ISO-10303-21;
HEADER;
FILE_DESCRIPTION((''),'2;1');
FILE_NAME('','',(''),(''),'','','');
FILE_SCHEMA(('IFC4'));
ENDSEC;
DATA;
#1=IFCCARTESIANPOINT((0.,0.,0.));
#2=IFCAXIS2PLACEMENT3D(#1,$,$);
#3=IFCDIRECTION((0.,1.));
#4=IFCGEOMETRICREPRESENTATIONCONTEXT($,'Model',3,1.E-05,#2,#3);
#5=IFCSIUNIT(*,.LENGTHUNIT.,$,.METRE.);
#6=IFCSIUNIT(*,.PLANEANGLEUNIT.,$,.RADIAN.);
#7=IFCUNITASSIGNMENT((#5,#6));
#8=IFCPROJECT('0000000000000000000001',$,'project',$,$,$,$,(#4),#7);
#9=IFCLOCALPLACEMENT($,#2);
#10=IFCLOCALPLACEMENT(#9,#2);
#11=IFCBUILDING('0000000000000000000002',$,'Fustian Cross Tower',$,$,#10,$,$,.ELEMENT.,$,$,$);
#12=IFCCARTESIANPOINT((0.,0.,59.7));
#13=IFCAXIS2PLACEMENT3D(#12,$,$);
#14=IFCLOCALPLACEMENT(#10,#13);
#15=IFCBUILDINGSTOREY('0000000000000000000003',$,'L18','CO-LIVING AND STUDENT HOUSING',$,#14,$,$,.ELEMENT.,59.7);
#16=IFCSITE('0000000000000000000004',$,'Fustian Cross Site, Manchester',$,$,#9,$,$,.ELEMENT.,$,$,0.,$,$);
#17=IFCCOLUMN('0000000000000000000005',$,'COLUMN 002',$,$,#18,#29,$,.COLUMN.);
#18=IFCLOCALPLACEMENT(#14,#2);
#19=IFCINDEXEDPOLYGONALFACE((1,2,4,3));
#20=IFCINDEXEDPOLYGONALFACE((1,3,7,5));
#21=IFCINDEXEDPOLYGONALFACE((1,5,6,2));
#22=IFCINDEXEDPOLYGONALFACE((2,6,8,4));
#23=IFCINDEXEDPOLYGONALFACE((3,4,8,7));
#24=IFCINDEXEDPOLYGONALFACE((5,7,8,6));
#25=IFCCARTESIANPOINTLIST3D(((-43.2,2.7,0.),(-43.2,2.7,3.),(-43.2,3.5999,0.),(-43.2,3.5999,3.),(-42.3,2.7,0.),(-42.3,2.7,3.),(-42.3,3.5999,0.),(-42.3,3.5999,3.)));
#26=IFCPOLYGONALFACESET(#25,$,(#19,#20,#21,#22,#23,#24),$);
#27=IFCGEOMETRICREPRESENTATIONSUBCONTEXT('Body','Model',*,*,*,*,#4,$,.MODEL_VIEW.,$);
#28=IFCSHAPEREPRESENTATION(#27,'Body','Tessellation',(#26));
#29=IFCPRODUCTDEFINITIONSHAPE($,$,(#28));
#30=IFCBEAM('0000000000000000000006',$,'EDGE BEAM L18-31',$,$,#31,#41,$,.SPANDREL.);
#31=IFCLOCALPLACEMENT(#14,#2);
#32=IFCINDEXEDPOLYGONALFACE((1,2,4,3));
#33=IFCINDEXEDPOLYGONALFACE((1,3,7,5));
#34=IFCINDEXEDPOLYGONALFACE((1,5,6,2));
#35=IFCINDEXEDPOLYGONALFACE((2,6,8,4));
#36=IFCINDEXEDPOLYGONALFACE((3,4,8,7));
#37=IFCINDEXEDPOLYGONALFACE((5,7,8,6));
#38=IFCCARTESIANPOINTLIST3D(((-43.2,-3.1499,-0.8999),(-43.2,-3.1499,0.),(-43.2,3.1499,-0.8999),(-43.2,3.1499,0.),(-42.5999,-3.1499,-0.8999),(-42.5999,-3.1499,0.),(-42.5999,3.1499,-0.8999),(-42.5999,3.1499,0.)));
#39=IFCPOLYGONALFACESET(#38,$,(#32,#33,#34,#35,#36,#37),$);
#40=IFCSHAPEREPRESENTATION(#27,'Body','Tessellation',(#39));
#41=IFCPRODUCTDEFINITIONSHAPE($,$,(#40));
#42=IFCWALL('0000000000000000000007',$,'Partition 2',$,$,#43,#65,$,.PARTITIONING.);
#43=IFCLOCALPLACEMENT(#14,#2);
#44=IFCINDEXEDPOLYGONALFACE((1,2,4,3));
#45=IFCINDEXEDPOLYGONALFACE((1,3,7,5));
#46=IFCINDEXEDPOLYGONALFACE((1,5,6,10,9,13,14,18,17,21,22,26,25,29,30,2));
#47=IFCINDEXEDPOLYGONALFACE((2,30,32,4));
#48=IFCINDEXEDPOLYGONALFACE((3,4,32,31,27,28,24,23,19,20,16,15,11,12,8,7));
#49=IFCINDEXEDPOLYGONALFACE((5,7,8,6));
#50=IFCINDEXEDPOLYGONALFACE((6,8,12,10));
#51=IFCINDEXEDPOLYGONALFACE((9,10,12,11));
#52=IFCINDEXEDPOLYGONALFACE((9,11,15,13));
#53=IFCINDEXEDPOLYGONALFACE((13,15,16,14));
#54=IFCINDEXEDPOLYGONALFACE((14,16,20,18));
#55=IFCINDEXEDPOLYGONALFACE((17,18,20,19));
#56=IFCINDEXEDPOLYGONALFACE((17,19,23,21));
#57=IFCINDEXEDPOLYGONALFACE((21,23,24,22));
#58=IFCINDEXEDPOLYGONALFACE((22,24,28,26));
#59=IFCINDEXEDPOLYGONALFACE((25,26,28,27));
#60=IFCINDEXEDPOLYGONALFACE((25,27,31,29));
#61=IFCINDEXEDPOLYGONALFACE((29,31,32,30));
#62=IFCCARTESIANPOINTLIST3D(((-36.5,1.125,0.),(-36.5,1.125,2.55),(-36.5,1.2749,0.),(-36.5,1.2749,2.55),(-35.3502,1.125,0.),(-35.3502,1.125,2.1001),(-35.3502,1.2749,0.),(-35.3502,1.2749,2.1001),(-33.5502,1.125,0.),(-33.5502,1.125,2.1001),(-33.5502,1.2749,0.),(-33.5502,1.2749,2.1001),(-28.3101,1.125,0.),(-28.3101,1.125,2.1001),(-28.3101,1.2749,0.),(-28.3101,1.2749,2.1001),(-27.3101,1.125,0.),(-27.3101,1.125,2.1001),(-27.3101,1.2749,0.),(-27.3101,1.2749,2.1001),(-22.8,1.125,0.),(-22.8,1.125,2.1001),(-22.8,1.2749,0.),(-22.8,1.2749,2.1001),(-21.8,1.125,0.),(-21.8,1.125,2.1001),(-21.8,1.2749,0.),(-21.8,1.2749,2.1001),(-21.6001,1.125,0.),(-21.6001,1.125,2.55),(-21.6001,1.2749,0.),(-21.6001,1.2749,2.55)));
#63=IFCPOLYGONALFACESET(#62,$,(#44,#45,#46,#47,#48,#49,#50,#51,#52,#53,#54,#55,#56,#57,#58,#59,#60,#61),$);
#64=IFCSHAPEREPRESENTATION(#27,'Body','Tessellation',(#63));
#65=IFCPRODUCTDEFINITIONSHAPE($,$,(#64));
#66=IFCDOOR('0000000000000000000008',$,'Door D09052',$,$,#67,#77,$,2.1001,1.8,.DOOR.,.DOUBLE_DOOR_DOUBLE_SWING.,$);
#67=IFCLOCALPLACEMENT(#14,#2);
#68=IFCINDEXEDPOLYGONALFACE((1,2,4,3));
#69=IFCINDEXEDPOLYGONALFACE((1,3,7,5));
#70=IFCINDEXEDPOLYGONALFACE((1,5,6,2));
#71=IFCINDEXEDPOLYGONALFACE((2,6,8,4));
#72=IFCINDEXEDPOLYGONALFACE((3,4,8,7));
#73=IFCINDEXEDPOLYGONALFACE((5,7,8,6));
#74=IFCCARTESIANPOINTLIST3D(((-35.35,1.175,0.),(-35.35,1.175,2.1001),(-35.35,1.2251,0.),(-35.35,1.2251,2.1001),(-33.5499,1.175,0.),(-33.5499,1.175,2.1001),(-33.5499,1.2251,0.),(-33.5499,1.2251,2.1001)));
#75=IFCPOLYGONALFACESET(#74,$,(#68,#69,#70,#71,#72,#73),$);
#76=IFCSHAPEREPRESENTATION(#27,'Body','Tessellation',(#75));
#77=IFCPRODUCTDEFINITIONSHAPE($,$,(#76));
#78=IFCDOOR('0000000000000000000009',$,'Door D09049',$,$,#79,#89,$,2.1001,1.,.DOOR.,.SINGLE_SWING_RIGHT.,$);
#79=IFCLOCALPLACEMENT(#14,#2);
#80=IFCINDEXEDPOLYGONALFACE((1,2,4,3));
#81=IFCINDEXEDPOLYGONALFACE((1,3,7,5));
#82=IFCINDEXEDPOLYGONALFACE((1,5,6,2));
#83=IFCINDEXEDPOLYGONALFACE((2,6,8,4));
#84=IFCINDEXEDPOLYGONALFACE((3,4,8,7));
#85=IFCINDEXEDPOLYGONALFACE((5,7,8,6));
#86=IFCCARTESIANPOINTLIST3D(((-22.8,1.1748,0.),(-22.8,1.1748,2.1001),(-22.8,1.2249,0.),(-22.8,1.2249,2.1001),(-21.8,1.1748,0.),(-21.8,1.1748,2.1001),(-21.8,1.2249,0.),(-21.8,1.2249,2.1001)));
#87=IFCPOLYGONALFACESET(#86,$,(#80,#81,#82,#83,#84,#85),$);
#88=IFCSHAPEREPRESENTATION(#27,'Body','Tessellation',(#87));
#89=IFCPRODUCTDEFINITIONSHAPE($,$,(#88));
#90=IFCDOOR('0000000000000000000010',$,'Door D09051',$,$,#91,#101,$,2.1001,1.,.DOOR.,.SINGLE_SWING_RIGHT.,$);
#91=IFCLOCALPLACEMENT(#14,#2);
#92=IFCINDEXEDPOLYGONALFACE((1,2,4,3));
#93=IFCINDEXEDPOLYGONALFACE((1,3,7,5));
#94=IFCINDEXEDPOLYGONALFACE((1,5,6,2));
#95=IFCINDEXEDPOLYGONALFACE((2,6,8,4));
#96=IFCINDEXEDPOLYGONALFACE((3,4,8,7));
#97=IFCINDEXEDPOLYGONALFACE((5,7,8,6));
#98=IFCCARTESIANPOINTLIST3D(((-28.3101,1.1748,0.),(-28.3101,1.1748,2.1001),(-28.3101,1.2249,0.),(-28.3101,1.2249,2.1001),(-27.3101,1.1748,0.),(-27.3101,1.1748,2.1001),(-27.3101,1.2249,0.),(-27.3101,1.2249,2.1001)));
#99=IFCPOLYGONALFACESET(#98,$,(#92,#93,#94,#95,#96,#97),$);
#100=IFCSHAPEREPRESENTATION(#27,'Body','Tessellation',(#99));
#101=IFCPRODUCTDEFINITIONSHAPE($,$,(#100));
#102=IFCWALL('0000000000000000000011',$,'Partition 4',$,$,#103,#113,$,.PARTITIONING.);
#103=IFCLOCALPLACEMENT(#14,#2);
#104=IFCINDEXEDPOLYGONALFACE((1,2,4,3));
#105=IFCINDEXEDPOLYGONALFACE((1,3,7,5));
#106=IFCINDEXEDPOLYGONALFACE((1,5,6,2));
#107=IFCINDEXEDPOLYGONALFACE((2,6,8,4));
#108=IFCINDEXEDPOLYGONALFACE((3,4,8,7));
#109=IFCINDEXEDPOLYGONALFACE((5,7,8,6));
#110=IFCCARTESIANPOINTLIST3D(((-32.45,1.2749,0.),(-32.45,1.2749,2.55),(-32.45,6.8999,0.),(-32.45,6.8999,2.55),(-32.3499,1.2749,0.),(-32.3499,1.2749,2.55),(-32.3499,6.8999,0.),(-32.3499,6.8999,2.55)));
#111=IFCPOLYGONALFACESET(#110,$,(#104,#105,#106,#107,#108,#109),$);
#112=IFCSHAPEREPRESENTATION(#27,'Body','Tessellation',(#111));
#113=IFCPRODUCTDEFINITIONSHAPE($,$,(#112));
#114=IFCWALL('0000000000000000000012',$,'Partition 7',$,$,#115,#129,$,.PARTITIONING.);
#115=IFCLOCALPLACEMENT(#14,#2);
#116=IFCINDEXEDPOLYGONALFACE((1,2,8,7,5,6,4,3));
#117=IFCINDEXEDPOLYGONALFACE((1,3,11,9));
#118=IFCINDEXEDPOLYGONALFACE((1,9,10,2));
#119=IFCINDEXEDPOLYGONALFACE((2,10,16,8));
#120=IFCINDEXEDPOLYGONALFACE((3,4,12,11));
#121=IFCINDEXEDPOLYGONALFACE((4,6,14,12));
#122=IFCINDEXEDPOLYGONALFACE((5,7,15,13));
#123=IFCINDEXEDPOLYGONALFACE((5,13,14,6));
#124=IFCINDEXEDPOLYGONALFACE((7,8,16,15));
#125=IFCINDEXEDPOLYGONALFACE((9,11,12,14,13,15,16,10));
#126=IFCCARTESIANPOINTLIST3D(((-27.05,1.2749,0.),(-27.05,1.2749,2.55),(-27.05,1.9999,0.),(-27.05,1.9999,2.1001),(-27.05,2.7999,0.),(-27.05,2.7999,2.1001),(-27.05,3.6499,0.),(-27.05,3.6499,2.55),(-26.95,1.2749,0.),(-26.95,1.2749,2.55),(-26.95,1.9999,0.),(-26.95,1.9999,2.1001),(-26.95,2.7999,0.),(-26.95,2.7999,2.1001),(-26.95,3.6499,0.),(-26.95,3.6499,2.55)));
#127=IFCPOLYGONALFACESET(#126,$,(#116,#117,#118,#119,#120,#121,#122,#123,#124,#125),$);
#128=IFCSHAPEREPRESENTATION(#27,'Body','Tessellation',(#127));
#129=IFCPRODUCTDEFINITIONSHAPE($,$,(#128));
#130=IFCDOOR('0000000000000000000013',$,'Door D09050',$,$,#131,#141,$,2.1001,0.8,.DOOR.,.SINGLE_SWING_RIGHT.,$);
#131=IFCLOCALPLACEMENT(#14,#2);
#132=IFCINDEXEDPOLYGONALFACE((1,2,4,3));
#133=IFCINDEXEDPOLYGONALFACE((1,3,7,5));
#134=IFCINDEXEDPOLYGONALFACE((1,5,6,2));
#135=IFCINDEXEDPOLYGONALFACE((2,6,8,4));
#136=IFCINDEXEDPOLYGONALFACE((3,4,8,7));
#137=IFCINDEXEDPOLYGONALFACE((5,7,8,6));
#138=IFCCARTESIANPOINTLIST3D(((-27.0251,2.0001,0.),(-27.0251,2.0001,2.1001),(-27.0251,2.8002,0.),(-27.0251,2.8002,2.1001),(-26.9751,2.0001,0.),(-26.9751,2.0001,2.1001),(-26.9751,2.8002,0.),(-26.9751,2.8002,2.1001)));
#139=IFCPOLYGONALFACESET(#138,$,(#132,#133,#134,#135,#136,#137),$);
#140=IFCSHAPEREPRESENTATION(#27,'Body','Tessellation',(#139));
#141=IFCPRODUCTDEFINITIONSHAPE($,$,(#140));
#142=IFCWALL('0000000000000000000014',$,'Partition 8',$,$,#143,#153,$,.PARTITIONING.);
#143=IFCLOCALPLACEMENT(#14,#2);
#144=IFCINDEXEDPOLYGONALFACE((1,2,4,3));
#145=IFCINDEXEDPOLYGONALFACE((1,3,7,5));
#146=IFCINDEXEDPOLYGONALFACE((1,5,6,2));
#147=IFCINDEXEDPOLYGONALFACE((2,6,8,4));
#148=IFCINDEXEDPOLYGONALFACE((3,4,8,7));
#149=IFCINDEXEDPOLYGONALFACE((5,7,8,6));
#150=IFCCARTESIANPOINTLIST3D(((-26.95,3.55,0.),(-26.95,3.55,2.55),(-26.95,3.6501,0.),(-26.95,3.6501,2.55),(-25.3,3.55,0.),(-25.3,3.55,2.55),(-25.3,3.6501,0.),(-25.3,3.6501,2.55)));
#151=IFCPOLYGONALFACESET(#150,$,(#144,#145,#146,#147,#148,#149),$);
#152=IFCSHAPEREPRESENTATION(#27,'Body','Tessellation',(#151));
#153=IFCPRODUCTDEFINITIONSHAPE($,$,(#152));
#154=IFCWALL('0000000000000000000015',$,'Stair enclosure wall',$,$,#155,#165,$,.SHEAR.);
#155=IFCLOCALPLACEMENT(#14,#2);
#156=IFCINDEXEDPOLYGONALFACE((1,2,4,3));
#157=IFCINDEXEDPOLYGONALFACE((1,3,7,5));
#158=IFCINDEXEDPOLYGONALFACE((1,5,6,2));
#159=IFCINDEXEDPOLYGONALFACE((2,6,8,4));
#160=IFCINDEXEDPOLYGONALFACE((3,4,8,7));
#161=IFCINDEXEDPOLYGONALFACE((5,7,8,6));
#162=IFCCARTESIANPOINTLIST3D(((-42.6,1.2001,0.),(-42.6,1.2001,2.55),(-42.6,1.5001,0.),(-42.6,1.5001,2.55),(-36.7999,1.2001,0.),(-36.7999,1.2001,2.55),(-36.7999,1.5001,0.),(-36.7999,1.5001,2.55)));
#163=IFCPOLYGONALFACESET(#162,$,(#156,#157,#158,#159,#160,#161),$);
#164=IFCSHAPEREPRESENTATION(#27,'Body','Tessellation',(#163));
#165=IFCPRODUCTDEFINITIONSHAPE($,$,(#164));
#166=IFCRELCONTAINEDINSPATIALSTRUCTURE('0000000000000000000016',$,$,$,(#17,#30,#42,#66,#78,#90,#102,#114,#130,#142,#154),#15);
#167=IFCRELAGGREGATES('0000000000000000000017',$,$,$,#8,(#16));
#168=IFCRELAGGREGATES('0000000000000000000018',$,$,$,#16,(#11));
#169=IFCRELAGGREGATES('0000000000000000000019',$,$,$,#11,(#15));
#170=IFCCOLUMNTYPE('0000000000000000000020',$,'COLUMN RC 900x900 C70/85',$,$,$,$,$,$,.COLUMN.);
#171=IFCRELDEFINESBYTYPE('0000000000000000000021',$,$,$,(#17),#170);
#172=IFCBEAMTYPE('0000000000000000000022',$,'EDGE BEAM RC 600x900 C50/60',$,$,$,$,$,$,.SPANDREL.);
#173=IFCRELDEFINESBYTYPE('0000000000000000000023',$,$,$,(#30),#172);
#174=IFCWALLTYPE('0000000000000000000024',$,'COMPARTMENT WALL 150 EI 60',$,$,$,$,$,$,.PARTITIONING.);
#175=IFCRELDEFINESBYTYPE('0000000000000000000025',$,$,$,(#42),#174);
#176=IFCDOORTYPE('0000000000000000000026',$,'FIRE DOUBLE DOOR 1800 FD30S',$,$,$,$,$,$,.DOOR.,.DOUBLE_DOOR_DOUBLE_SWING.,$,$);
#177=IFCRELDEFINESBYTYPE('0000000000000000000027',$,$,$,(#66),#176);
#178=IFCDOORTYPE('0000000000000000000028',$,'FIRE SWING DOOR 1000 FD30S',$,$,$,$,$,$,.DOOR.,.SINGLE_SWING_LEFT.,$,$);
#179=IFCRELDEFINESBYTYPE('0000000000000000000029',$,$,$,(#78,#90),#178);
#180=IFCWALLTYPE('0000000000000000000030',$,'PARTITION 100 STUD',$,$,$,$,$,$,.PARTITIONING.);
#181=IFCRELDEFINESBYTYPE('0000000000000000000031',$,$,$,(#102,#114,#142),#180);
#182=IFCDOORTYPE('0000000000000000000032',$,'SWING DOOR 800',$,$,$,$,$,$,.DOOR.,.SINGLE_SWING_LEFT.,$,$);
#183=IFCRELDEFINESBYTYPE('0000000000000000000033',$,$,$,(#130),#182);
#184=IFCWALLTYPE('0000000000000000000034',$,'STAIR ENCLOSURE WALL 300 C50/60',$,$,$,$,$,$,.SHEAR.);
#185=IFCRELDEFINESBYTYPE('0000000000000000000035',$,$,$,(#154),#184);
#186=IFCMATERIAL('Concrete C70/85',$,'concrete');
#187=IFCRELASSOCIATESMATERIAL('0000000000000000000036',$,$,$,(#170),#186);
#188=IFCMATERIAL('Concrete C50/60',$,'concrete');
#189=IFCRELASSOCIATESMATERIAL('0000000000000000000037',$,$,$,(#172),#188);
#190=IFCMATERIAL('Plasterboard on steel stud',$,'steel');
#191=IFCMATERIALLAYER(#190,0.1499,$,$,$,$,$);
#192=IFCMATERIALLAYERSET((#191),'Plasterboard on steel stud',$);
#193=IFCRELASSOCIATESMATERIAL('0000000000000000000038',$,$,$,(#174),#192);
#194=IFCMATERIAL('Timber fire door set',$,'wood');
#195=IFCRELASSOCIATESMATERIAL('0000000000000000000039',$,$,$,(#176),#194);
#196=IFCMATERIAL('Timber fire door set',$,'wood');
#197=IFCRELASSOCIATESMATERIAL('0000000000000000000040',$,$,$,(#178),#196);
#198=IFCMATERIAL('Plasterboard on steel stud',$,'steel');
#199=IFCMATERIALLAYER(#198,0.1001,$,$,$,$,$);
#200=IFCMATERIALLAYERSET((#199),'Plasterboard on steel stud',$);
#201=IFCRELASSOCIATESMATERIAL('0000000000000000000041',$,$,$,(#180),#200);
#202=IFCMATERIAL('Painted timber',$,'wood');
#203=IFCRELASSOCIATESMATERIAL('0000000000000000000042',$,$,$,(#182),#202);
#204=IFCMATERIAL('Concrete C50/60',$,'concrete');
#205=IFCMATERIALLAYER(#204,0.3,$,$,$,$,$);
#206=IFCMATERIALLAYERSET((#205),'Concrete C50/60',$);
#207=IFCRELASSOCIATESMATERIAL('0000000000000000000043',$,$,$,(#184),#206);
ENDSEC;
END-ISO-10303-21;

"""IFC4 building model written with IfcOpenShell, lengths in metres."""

from ifc_helpers import new_model, si_unit, direction, frame, frame_2d, origin, origin_2d, place, context, subcontext, project, spatial, rectangle, extrude, material, layer, layer_set, material_profile, profile_set, type_object, element, fill, save


model = new_model("IFC4")

# Units and contexts
model_context = context("Model", 3, precision=1e-05, world=origin(), true_north=direction((0.0, 1.0)))
body_context = subcontext(model_context, "Body", "Model", "MODEL_VIEW")
ifc_project = project(units=[si_unit("LENGTHUNIT", "METRE"), si_unit("PLANEANGLEUNIT", "RADIAN")], contexts=[model_context])

# Site, building, storey
site_placement = place(None, origin())
site = spatial("IfcSite", under=ifc_project, at=site_placement, Name="Fustian Cross Site, Manchester", CompositionType="ELEMENT", RefElevation=0.0)
building_placement = place(site_placement, origin())
building = spatial("IfcBuilding", under=site, at=building_placement, Name="Fustian Cross Tower", CompositionType="ELEMENT")
storey_placement = place(building_placement, frame((0.0, 0.0, 59.7)))
storey = spatial("IfcBuildingStorey", under=building, at=storey_placement, Name="L18", Description="CO-LIVING AND STUDENT HOUSING", CompositionType="ELEMENT", Elevation=59.7)

# Column
ifc_material_1 = material(Name="Concrete C70/85", Category="concrete")
ifc_material_profile_1 = material_profile(ifc_material_1, rectangle(XDim=0.8999, YDim=0.8999, at=origin_2d()), Name="RC 900x900")
ifc_profile_set_1 = profile_set([ifc_material_profile_1], Name="Concrete C70/85")
column_type = type_object("IfcColumnType", Name="COLUMN RC 900x900 C70/85", PredefinedType="COLUMN", material=ifc_profile_set_1)
column_placement = place(storey_placement, frame((-42.75, 3.1499, 0.0), z_axis=(0.0, 0.0, 1.0), x_axis=(1.0, 0.0, 0.0)))
element("IfcColumn", 1, at=column_placement, inside=storey, type_object=column_type, Name="COLUMN 002", PredefinedType="COLUMN", context=body_context, shape_type="SweptSolid", body=[
    extrude(rectangle(XDim=0.8999, YDim=0.8999, at=origin_2d()), origin(), (0.0, 0.0, 1.0), 3.0),
])

# Beam
ifc_material_2 = material(Name="Concrete C50/60", Category="concrete")
ifc_material_profile_2 = material_profile(ifc_material_2, rectangle(XDim=0.6001, YDim=0.8999, at=origin_2d()), Name="RC 600x900")
ifc_profile_set_2 = profile_set([ifc_material_profile_2], Name="Concrete C50/60")
beam_type = type_object("IfcBeamType", Name="EDGE BEAM RC 600x900 C50/60", PredefinedType="SPANDREL", material=ifc_profile_set_2)
beam_placement = place(storey_placement, frame((-42.8999, 3.1499, -0.45), z_axis=(0.0, -1.0, 0.0), x_axis=(1.0, 0.0, 0.0)))
element("IfcBeam", 2, at=beam_placement, inside=storey, type_object=beam_type, Name="EDGE BEAM L18-31", PredefinedType="SPANDREL", context=body_context, shape_type="SweptSolid", body=[
    extrude(rectangle(XDim=0.6001, YDim=0.8999, at=origin_2d()), origin(), (0.0, 0.0, 1.0), 6.2998),
])

# Wall, openings, doors
ifc_material_3 = material(Name="Plasterboard on steel stud", Category="steel")
ifc_layer_1 = layer(ifc_material_3, 0.1499)
ifc_layer_set_1 = layer_set([ifc_layer_1], Name="Plasterboard on steel stud")
wall_type_1 = type_object("IfcWallType", Name="COMPARTMENT WALL 150 EI 60", PredefinedType="PARTITIONING", material=ifc_layer_set_1)
wall_1_placement = place(storey_placement, frame((-36.5, 1.2, 0.0), z_axis=(0.0, 0.0, 1.0), x_axis=(1.0, 0.0, 0.0)))
wall_1 = element("IfcWall", 3, at=wall_1_placement, inside=storey, type_object=wall_type_1, Name="Partition 2", PredefinedType="PARTITIONING", context=body_context, shape_type="SweptSolid", body=[
    extrude(rectangle(XDim=14.8999, YDim=0.1499, at=frame_2d((7.45, 0.0))), origin(), (0.0, 0.0, 1.0), 2.55),
])
opening_1_placement = place(wall_1_placement, frame((13.7, 0.0, 0.0)))
opening_1 = element("IfcOpeningElement", 4, at=opening_1_placement, cuts=wall_1, PredefinedType="OPENING", context=body_context, shape_type="SweptSolid", body=[
    extrude(rectangle(XDim=1.0, YDim=2.1001, at=frame_2d((0.5, 1.05))), frame((0.0, 0.085, 0.0), z_axis=(0.0, -1.0, 0.0), x_axis=(1.0, 0.0, 0.0)), (0.0, 0.0, 1.0), 0.1699),
])
opening_2_placement = place(wall_1_placement, frame((8.1899, 0.0, 0.0)))
opening_2 = element("IfcOpeningElement", 5, at=opening_2_placement, cuts=wall_1, PredefinedType="OPENING", context=body_context, shape_type="SweptSolid", body=[
    extrude(rectangle(XDim=1.0, YDim=2.1001, at=frame_2d((0.5, 1.05))), frame((0.0, 0.085, 0.0), z_axis=(0.0, -1.0, 0.0), x_axis=(1.0, 0.0, 0.0)), (0.0, 0.0, 1.0), 0.1699),
])
opening_3_placement = place(wall_1_placement, frame((1.1499, 0.0, 0.0)))
opening_3 = element("IfcOpeningElement", 6, at=opening_3_placement, cuts=wall_1, PredefinedType="OPENING", context=body_context, shape_type="SweptSolid", body=[
    extrude(rectangle(XDim=1.8, YDim=2.1001, at=frame_2d((0.8999, 1.05))), frame((0.0, 0.085, 0.0), z_axis=(0.0, -1.0, 0.0), x_axis=(1.0, 0.0, 0.0)), (0.0, 0.0, 1.0), 0.1699),
])
ifc_material_4 = material(Name="Timber fire door set", Category="wood")
door_type_1 = type_object("IfcDoorType", Name="FIRE DOUBLE DOOR 1800 FD30S", OperationType="DOUBLE_DOOR_DOUBLE_SWING", PredefinedType="DOOR", material=ifc_material_4)
door_1_placement = place(opening_3_placement, frame((1.8, 0.0, 0.0), z_axis=(0.0, 0.0, 1.0), x_axis=(-1.0, 0.0, 0.0)))
door_1 = element("IfcDoor", 7, at=door_1_placement, inside=storey, type_object=door_type_1, Name="Door D09052", OperationType="DOUBLE_DOOR_DOUBLE_SWING", OverallHeight=2.1001, OverallWidth=1.8, PredefinedType="DOOR", context=body_context, shape_type="SweptSolid", body=[
    extrude(rectangle(XDim=1.8, YDim=2.1001, at=frame_2d((0.8999, 1.05))), frame((0.0, 0.0249, 0.0), z_axis=(0.0, -1.0, 0.0), x_axis=(1.0, 0.0, 0.0)), (0.0, 0.0, 1.0), 0.05),
])
fill(opening_3, door_1)
ifc_material_5 = material(Name="Timber fire door set", Category="wood")
door_type_2 = type_object("IfcDoorType", Name="FIRE SWING DOOR 1000 FD30S", OperationType="SINGLE_SWING_LEFT", PredefinedType="DOOR", material=ifc_material_5)
door_2_placement = place(opening_1_placement, origin())
door_2 = element("IfcDoor", 8, at=door_2_placement, inside=storey, type_object=door_type_2, Name="Door D09049", OperationType="SINGLE_SWING_RIGHT", OverallHeight=2.1001, OverallWidth=1.0, PredefinedType="DOOR", context=body_context, shape_type="SweptSolid", body=[
    extrude(rectangle(XDim=1.0, YDim=2.1001, at=frame_2d((0.5, 1.05))), frame((0.0, 0.0249, 0.0), z_axis=(0.0, -1.0, 0.0), x_axis=(1.0, 0.0, 0.0)), (0.0, 0.0, 1.0), 0.05),
])
fill(opening_1, door_2)
door_3_placement = place(opening_2_placement, origin())
door_3 = element("IfcDoor", 9, at=door_3_placement, inside=storey, type_object=door_type_2, Name="Door D09051", OperationType="SINGLE_SWING_RIGHT", OverallHeight=2.1001, OverallWidth=1.0, PredefinedType="DOOR", context=body_context, shape_type="SweptSolid", body=[
    extrude(rectangle(XDim=1.0, YDim=2.1001, at=frame_2d((0.5, 1.05))), frame((0.0, 0.0249, 0.0), z_axis=(0.0, -1.0, 0.0), x_axis=(1.0, 0.0, 0.0)), (0.0, 0.0, 1.0), 0.05),
])
fill(opening_2, door_3)

# Wall
ifc_material_6 = material(Name="Plasterboard on steel stud", Category="steel")
ifc_layer_2 = layer(ifc_material_6, 0.1001)
ifc_layer_set_2 = layer_set([ifc_layer_2], Name="Plasterboard on steel stud")
wall_type_2 = type_object("IfcWallType", Name="PARTITION 100 STUD", PredefinedType="PARTITIONING", material=ifc_layer_set_2)
wall_2_placement = place(storey_placement, frame((-32.3999, 1.2749, 0.0), z_axis=(0.0, 0.0, 1.0), x_axis=(0.0, 1.0, 0.0)))
element("IfcWall", 10, at=wall_2_placement, inside=storey, type_object=wall_type_2, Name="Partition 4", PredefinedType="PARTITIONING", context=body_context, shape_type="SweptSolid", body=[
    extrude(rectangle(XDim=5.625, YDim=0.1001, at=frame_2d((2.8125, 0.0))), origin(), (0.0, 0.0, 1.0), 2.55),
])

# Wall, opening, door
wall_3_placement = place(storey_placement, frame((-27.0, 1.2749, 0.0), z_axis=(0.0, 0.0, 1.0), x_axis=(0.0, 1.0, 0.0)))
wall_3 = element("IfcWall", 11, at=wall_3_placement, inside=storey, type_object=wall_type_2, Name="Partition 7", PredefinedType="PARTITIONING", context=body_context, shape_type="SweptSolid", body=[
    extrude(rectangle(XDim=2.375, YDim=0.1001, at=frame_2d((1.1875, 0.0))), origin(), (0.0, 0.0, 1.0), 2.55),
])
opening_4_placement = place(wall_3_placement, frame((0.7251, 0.0, 0.0)))
opening_4 = element("IfcOpeningElement", 12, at=opening_4_placement, cuts=wall_3, PredefinedType="OPENING", context=body_context, shape_type="SweptSolid", body=[
    extrude(rectangle(XDim=0.8, YDim=2.1001, at=frame_2d((0.3999, 1.05))), frame((0.0, 0.0601, 0.0), z_axis=(0.0, -1.0, 0.0), x_axis=(1.0, 0.0, 0.0)), (0.0, 0.0, 1.0), 0.1201),
])
ifc_material_7 = material(Name="Painted timber", Category="wood")
door_type_3 = type_object("IfcDoorType", Name="SWING DOOR 800", OperationType="SINGLE_SWING_LEFT", PredefinedType="DOOR", material=ifc_material_7)
door_4_placement = place(opening_4_placement, frame((0.8, 0.0, 0.0), z_axis=(0.0, 0.0, 1.0), x_axis=(-1.0, 0.0, 0.0)))
door_4 = element("IfcDoor", 13, at=door_4_placement, inside=storey, type_object=door_type_3, Name="Door D09050", OperationType="SINGLE_SWING_RIGHT", OverallHeight=2.1001, OverallWidth=0.8, PredefinedType="DOOR", context=body_context, shape_type="SweptSolid", body=[
    extrude(rectangle(XDim=0.8, YDim=2.1001, at=frame_2d((0.3999, 1.05))), frame((0.0, 0.0249, 0.0), z_axis=(0.0, -1.0, 0.0), x_axis=(1.0, 0.0, 0.0)), (0.0, 0.0, 1.0), 0.05),
])
fill(opening_4, door_4)

# Walls
wall_4_placement = place(storey_placement, frame((-26.95, 3.6001, 0.0), z_axis=(0.0, 0.0, 1.0), x_axis=(1.0, 0.0, 0.0)))
element("IfcWall", 14, at=wall_4_placement, inside=storey, type_object=wall_type_2, Name="Partition 8", PredefinedType="PARTITIONING", context=body_context, shape_type="SweptSolid", body=[
    extrude(rectangle(XDim=1.6499, YDim=0.1001, at=frame_2d((0.825, 0.0))), origin(), (0.0, 0.0, 1.0), 2.55),
])
ifc_material_8 = material(Name="Concrete C50/60", Category="concrete")
ifc_layer_3 = layer(ifc_material_8, 0.3)
ifc_layer_set_3 = layer_set([ifc_layer_3], Name="Concrete C50/60")
wall_type_3 = type_object("IfcWallType", Name="STAIR ENCLOSURE WALL 300 C50/60", PredefinedType="SHEAR", material=ifc_layer_set_3)
wall_5_placement = place(storey_placement, frame((-36.8, 1.3501, 0.0), z_axis=(0.0, 0.0, 1.0), x_axis=(-1.0, 0.0, 0.0)))
element("IfcWall", 15, at=wall_5_placement, inside=storey, type_object=wall_type_3, Name="Stair enclosure wall", PredefinedType="SHEAR", context=body_context, shape_type="SweptSolid", body=[
    extrude(rectangle(XDim=5.8, YDim=0.3, at=frame_2d((2.8999, 0.0))), origin(), (0.0, 0.0, 1.0), 2.55),
])

save(model, "model.ifc")
